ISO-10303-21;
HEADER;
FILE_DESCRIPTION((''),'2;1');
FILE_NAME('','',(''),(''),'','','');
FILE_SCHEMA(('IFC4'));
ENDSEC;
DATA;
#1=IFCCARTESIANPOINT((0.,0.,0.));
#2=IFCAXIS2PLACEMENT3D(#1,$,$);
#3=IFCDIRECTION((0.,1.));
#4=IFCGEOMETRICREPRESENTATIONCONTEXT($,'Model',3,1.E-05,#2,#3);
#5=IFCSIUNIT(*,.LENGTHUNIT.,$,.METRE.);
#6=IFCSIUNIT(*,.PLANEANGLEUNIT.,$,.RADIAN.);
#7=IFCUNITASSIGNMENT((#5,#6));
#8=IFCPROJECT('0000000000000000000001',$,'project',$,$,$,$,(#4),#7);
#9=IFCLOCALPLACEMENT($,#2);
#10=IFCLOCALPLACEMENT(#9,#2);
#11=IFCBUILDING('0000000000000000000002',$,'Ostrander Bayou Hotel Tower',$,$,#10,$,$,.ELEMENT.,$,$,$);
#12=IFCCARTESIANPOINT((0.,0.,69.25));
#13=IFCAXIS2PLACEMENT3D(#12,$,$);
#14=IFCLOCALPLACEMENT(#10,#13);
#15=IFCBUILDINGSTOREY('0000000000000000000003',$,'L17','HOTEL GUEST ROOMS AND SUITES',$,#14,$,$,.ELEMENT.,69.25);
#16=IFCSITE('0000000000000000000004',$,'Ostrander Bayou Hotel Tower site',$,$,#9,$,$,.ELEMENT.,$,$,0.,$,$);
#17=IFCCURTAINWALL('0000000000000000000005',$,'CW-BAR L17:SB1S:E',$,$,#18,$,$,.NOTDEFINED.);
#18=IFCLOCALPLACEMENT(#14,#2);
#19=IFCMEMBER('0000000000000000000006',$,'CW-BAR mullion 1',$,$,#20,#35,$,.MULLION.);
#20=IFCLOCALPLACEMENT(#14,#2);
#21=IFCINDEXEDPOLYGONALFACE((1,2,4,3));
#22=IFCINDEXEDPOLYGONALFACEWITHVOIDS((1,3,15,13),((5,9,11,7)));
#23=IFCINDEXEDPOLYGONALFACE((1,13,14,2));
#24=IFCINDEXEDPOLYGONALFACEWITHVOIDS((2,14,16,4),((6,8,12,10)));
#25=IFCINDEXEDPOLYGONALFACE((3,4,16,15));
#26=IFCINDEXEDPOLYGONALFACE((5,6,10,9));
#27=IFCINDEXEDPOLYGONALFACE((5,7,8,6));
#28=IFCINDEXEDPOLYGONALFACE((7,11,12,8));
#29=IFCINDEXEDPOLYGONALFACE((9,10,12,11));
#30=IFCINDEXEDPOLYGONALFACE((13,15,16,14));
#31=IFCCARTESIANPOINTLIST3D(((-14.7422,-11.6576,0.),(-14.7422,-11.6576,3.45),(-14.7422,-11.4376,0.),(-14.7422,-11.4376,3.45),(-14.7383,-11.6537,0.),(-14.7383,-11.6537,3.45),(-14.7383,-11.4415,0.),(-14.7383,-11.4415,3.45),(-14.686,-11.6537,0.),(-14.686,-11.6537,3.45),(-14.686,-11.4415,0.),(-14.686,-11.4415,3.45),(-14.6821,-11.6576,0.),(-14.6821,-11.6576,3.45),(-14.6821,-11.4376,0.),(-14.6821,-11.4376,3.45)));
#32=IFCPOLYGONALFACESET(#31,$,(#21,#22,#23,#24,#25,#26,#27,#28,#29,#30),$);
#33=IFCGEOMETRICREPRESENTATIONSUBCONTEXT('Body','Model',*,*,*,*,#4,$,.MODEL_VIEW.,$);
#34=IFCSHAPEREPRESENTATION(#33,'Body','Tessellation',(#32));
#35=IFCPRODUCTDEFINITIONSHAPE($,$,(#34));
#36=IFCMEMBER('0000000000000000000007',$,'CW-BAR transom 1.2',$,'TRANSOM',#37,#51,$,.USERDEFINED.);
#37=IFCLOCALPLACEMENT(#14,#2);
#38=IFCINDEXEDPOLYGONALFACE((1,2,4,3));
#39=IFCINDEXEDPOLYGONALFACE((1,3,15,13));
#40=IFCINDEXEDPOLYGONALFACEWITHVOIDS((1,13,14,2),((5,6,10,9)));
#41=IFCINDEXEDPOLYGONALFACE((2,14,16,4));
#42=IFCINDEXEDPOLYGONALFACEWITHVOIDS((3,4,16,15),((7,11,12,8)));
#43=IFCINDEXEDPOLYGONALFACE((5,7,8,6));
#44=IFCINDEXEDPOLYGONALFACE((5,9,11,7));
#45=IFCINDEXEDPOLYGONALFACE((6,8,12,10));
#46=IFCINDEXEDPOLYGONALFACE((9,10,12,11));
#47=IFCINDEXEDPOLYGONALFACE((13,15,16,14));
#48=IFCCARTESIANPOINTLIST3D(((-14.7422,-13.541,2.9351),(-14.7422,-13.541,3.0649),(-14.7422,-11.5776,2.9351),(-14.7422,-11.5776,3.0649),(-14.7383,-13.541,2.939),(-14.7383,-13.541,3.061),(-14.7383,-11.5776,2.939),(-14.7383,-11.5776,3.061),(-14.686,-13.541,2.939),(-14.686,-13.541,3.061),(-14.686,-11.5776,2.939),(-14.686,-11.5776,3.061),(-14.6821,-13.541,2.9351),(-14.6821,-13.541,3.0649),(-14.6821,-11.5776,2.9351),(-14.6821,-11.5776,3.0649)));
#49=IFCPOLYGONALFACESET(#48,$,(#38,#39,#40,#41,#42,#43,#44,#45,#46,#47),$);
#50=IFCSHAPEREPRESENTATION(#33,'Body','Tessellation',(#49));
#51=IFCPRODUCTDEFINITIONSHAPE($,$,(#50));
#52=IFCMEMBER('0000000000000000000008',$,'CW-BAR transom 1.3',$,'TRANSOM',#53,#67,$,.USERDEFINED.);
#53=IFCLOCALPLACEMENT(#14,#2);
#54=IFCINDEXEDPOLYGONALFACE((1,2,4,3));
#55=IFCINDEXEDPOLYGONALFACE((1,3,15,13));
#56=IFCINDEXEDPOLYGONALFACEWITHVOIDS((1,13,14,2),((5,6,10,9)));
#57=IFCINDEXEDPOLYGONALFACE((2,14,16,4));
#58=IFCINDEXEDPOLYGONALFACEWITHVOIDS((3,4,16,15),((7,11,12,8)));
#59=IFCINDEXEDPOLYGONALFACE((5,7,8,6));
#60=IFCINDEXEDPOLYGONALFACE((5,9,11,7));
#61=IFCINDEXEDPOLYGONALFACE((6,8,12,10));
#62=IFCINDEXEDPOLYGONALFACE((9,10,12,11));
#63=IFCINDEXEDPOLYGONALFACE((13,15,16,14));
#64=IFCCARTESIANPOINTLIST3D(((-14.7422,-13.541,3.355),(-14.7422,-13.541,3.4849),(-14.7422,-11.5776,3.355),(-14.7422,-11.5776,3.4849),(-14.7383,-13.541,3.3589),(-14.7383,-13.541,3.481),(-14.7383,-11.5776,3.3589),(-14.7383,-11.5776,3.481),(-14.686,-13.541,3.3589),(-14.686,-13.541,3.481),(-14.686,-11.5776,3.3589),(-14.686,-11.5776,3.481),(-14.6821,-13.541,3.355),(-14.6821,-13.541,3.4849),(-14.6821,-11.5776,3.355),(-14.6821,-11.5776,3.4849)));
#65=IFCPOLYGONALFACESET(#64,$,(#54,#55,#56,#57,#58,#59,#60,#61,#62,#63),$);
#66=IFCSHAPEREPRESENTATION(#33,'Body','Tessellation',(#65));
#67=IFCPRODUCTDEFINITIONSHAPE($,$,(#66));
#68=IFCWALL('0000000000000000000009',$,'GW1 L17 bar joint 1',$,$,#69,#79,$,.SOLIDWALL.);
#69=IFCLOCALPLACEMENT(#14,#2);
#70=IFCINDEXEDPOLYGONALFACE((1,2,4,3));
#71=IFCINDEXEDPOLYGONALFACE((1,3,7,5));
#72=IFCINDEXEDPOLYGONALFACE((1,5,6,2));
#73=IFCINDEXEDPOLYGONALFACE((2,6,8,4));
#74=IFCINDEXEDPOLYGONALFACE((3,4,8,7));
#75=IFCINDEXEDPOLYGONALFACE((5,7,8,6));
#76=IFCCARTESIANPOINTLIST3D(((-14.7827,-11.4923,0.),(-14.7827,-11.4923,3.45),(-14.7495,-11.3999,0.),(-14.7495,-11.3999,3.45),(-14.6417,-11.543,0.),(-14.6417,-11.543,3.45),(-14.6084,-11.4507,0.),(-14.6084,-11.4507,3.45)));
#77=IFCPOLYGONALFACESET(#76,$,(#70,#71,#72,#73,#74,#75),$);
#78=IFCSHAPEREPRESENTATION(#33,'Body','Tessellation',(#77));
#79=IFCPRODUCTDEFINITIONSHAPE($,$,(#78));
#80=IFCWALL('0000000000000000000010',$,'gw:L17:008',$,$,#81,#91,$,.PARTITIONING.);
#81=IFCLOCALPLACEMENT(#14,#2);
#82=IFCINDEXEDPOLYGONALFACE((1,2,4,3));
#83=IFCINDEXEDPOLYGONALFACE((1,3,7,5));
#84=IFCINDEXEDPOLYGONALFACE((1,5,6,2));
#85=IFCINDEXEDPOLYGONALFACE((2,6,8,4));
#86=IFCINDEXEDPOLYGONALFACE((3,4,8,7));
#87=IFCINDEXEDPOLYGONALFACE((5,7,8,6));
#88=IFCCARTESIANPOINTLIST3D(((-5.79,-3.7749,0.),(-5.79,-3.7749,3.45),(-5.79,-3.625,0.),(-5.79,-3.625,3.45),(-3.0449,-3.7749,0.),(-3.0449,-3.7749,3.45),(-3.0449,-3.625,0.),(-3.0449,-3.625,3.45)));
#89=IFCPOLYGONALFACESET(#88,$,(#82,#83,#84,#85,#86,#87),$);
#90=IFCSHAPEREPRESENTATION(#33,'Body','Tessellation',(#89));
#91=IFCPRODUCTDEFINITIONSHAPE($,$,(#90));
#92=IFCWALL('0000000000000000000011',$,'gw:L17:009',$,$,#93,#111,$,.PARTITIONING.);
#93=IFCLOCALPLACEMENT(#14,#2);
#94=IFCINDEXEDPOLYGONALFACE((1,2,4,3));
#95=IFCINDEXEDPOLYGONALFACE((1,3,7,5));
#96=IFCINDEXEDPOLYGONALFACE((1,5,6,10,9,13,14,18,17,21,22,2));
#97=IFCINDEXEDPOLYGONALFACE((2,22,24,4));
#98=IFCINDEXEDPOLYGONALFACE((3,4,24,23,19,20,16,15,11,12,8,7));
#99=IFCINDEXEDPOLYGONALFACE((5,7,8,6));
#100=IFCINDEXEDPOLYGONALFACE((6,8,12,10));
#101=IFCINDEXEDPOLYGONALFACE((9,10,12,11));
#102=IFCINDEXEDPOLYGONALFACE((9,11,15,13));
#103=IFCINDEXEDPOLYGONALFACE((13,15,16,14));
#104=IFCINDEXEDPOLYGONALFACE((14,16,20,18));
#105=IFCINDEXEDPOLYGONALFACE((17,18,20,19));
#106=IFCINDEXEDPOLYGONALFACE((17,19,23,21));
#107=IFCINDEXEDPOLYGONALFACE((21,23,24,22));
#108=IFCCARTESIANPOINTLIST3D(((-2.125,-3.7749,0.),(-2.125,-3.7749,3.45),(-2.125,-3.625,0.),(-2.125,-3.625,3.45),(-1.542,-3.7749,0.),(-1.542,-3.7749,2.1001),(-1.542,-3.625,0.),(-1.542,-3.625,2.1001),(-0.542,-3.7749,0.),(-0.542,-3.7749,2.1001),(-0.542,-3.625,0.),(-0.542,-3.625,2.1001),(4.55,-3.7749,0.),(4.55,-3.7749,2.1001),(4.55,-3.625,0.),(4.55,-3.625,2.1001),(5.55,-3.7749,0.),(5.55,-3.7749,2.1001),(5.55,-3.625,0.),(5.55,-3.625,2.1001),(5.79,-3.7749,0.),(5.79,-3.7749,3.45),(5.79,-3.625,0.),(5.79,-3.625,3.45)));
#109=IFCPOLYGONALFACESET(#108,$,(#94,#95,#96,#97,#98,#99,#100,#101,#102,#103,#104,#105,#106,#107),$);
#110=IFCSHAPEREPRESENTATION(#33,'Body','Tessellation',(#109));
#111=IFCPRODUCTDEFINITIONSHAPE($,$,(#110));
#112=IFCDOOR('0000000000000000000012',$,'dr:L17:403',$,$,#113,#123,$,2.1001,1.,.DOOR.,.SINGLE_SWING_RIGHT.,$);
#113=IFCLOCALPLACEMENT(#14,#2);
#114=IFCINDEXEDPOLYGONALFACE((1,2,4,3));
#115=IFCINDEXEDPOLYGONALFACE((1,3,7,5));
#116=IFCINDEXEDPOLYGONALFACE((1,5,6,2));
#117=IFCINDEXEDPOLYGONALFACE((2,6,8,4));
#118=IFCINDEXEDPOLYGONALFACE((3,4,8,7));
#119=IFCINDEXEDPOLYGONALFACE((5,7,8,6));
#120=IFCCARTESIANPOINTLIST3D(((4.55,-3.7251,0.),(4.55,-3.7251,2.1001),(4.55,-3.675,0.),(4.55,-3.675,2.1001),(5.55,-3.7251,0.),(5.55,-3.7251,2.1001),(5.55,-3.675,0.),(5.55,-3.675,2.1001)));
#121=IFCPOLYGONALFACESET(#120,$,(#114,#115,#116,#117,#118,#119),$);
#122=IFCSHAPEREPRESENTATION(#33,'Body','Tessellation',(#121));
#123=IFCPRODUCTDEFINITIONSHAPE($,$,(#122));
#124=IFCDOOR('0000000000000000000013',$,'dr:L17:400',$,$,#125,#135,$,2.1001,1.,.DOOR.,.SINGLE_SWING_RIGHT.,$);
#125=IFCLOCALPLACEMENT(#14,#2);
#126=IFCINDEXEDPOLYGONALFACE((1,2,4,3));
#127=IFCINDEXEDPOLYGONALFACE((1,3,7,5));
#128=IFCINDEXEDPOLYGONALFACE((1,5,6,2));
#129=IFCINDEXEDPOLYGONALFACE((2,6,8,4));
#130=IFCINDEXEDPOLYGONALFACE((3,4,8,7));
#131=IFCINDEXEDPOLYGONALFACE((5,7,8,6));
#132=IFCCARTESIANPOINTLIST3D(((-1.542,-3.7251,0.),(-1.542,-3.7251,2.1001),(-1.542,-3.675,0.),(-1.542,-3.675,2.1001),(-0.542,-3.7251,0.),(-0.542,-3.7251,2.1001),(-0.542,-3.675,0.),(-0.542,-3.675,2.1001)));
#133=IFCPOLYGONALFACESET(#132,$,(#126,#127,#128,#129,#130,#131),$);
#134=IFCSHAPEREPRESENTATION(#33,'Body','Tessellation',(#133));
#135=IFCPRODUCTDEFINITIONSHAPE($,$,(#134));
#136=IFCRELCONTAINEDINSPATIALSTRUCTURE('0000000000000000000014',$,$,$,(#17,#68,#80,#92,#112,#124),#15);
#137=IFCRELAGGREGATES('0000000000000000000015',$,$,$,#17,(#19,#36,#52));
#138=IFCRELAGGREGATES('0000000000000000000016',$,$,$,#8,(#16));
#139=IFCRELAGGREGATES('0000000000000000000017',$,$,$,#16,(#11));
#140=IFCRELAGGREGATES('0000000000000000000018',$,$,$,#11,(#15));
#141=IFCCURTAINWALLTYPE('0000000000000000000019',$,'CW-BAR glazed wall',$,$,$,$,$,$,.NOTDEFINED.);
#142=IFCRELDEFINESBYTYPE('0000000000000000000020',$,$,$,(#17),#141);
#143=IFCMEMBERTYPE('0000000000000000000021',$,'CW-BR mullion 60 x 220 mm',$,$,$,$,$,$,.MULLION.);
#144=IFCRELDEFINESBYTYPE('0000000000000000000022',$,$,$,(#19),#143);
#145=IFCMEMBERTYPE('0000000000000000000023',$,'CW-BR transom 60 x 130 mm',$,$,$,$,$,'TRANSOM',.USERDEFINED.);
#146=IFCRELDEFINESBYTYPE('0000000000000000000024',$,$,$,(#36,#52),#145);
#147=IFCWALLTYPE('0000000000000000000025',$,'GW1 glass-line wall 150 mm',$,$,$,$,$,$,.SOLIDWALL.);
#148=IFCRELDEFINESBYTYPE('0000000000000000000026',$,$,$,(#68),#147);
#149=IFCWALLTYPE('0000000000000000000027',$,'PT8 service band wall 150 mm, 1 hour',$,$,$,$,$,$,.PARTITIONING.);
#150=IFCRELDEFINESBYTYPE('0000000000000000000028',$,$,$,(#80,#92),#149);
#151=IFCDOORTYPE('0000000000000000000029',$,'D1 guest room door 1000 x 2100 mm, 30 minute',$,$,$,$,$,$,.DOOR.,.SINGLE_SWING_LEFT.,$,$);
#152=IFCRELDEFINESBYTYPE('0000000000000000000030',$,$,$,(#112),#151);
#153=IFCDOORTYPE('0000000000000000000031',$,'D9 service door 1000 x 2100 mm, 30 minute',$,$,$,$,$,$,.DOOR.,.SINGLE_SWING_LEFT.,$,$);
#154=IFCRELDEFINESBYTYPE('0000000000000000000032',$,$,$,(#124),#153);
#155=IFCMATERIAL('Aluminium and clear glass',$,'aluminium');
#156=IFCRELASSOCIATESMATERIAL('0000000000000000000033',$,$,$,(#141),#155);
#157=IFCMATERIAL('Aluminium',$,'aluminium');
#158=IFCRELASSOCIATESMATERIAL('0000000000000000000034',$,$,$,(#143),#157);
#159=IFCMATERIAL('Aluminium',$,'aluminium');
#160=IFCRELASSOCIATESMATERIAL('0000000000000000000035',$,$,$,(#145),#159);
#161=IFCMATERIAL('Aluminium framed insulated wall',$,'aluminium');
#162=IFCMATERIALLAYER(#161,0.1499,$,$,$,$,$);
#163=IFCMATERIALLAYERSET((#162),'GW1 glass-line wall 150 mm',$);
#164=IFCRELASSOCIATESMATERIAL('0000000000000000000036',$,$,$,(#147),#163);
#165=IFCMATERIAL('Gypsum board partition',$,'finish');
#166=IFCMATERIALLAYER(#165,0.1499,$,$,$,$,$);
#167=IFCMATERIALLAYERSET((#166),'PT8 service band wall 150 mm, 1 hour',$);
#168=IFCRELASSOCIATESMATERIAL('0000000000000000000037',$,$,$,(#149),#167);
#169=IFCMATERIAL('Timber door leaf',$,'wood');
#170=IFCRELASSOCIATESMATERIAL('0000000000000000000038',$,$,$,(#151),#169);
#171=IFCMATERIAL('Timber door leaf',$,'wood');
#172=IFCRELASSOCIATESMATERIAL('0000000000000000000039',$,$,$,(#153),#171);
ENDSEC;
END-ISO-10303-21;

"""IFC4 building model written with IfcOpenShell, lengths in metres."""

from ifc_helpers import new_model, si_unit, direction, frame, frame_2d, origin, origin_2d, place, context, subcontext, project, spatial, rectangle, hollow_rectangle, extrude, material, layer, layer_set, material_profile, profile_set, type_object, element, fill, aggregate, save


model = new_model("IFC4")

# Units and contexts
model_context = context("Model", 3, precision=1e-05, world=origin(), true_north=direction((0.0, 1.0)))
body_context = subcontext(model_context, "Body", "Model", "MODEL_VIEW")
ifc_project = project(units=[si_unit("LENGTHUNIT", "METRE"), si_unit("PLANEANGLEUNIT", "RADIAN")], contexts=[model_context])

# Site, building, storey
site_placement = place(None, origin())
site = spatial("IfcSite", under=ifc_project, at=site_placement, Name="Ostrander Bayou Hotel Tower site", CompositionType="ELEMENT", RefElevation=0.0)
building_placement = place(site_placement, origin())
building = spatial("IfcBuilding", under=site, at=building_placement, Name="Ostrander Bayou Hotel Tower", CompositionType="ELEMENT")
storey_placement = place(building_placement, frame((0.0, 0.0, 69.25)))
storey = spatial("IfcBuildingStorey", under=building, at=storey_placement, Name="L17", Description="HOTEL GUEST ROOMS AND SUITES", CompositionType="ELEMENT", Elevation=69.25)

# Curtain wall, members
ifc_material_1 = material(Name="Aluminium and clear glass", Category="aluminium")
curtain_wall_type = type_object("IfcCurtainWallType", Name="CW-BAR glazed wall", PredefinedType="NOTDEFINED", material=ifc_material_1)
curtain_wall_placement = place(storey_placement, origin())
curtain_wall = element("IfcCurtainWall", 1, at=curtain_wall_placement, inside=storey, type_object=curtain_wall_type, Name="CW-BAR L17:SB1S:E", PredefinedType="NOTDEFINED")
ifc_material_2 = material(Name="Aluminium", Category="aluminium")
ifc_material_profile_1 = material_profile(ifc_material_2, hollow_rectangle(XDim=0.0601, YDim=0.22, WallThickness=0.0039, at=origin_2d()))
ifc_profile_set_1 = profile_set([ifc_material_profile_1], Name="Aluminium")
member_type_1 = type_object("IfcMemberType", Name="CW-BR mullion 60 x 220 mm", PredefinedType="MULLION", material=ifc_profile_set_1)
member_1_placement = place(storey_placement, frame((-14.7122, -11.5476, 0.0), z_axis=(0.0, 0.0, 1.0), x_axis=(1.0, 0.0, 0.0)))
member_1 = element("IfcMember", 2, at=member_1_placement, type_object=member_type_1, Name="CW-BAR mullion 1", PredefinedType="MULLION", context=body_context, shape_type="SweptSolid", body=[
    extrude(hollow_rectangle(XDim=0.0601, YDim=0.22, WallThickness=0.0039, at=origin_2d()), origin(), (0.0, 0.0, 1.0), 3.45),
])
ifc_material_3 = material(Name="Aluminium", Category="aluminium")
ifc_material_profile_2 = material_profile(ifc_material_3, hollow_rectangle(XDim=0.0601, YDim=0.1299, WallThickness=0.0039, at=origin_2d()))
ifc_profile_set_2 = profile_set([ifc_material_profile_2], Name="Aluminium")
member_type_2 = type_object("IfcMemberType", Name="CW-BR transom 60 x 130 mm", ElementType="TRANSOM", PredefinedType="USERDEFINED", material=ifc_profile_set_2)
member_2_placement = place(storey_placement, frame((-14.7122, -11.5776, 3.0), z_axis=(0.0, -1.0, 0.0), x_axis=(1.0, 0.0, 0.0)))
member_2 = element("IfcMember", 3, at=member_2_placement, type_object=member_type_2, Name="CW-BAR transom 1.2", ObjectType="TRANSOM", PredefinedType="USERDEFINED", context=body_context, shape_type="SweptSolid", body=[
    extrude(hollow_rectangle(XDim=0.0601, YDim=0.1299, WallThickness=0.0039, at=origin_2d()), origin(), (0.0, 0.0, 1.0), 1.9634),
])
member_3_placement = place(storey_placement, frame((-14.7122, -11.5776, 3.4199), z_axis=(0.0, -1.0, 0.0), x_axis=(1.0, 0.0, 0.0)))
member_3 = element("IfcMember", 4, at=member_3_placement, type_object=member_type_2, Name="CW-BAR transom 1.3", ObjectType="TRANSOM", PredefinedType="USERDEFINED", context=body_context, shape_type="SweptSolid", body=[
    extrude(hollow_rectangle(XDim=0.0601, YDim=0.1299, WallThickness=0.0039, at=origin_2d()), origin(), (0.0, 0.0, 1.0), 1.9634),
])
aggregate(curtain_wall, [member_1, member_2, member_3])

# Walls
ifc_material_4 = material(Name="Aluminium framed insulated wall", Category="aluminium")
ifc_layer_1 = layer(ifc_material_4, 0.1499)
ifc_layer_set_1 = layer_set([ifc_layer_1], Name="GW1 glass-line wall 150 mm")
wall_type_1 = type_object("IfcWallType", Name="GW1 glass-line wall 150 mm", PredefinedType="SOLIDWALL", material=ifc_layer_set_1)
wall_1_placement = place(storey_placement, frame((-14.679, -11.4253, 0.0), z_axis=(0.0, 0.0, 1.0), x_axis=(-0.338543, -0.940951, 0.0)))
element("IfcWall", 5, at=wall_1_placement, inside=storey, type_object=wall_type_1, Name="GW1 L17 bar joint 1", PredefinedType="SOLIDWALL", context=body_context, shape_type="SweptSolid", body=[
    extrude(rectangle(XDim=0.0981, YDim=0.1499, at=frame_2d((0.0491, 0.0))), origin(), (0.0, 0.0, 1.0), 3.45),
])
ifc_material_5 = material(Name="Gypsum board partition", Category="finish")
ifc_layer_2 = layer(ifc_material_5, 0.1499)
ifc_layer_set_2 = layer_set([ifc_layer_2], Name="PT8 service band wall 150 mm, 1 hour")
wall_type_2 = type_object("IfcWallType", Name="PT8 service band wall 150 mm, 1 hour", PredefinedType="PARTITIONING", material=ifc_layer_set_2)
wall_2_placement = place(storey_placement, frame((-5.79, -3.7, 0.0), z_axis=(0.0, 0.0, 1.0), x_axis=(1.0, 0.0, 0.0)))
element("IfcWall", 6, at=wall_2_placement, inside=storey, type_object=wall_type_2, Name="gw:L17:008", PredefinedType="PARTITIONING", context=body_context, shape_type="SweptSolid", body=[
    extrude(rectangle(XDim=2.7451, YDim=0.1499, at=frame_2d((1.3726, 0.0))), origin(), (0.0, 0.0, 1.0), 3.45),
])

# Wall, openings, doors
wall_3_placement = place(storey_placement, frame((-2.125, -3.7, 0.0), z_axis=(0.0, 0.0, 1.0), x_axis=(1.0, 0.0, 0.0)))
wall_3 = element("IfcWall", 7, at=wall_3_placement, inside=storey, type_object=wall_type_2, Name="gw:L17:009", PredefinedType="PARTITIONING", context=body_context, shape_type="SweptSolid", body=[
    extrude(rectangle(XDim=7.915, YDim=0.1499, at=frame_2d((3.9575, 0.0))), origin(), (0.0, 0.0, 1.0), 3.45),
])
opening_1_placement = place(wall_3_placement, frame((0.583, 0.0, 0.0)))
opening_1 = element("IfcOpeningElement", 8, at=opening_1_placement, cuts=wall_3, PredefinedType="OPENING", context=body_context, shape_type="SweptSolid", body=[
    extrude(rectangle(XDim=1.0, YDim=2.1001, at=frame_2d((0.5, 1.05))), frame((0.0, 0.075, 0.0), z_axis=(0.0, -1.0, 0.0), x_axis=(1.0, 0.0, 0.0)), (0.0, 0.0, 1.0), 0.1499),
])
opening_2_placement = place(wall_3_placement, frame((6.675, 0.0, 0.0)))
opening_2 = element("IfcOpeningElement", 9, at=opening_2_placement, cuts=wall_3, PredefinedType="OPENING", context=body_context, shape_type="SweptSolid", body=[
    extrude(rectangle(XDim=1.0, YDim=2.1001, at=frame_2d((0.5, 1.05))), frame((0.0, 0.075, 0.0), z_axis=(0.0, -1.0, 0.0), x_axis=(1.0, 0.0, 0.0)), (0.0, 0.0, 1.0), 0.1499),
])
ifc_material_6 = material(Name="Timber door leaf", Category="wood")
door_type_1 = type_object("IfcDoorType", Name="D1 guest room door 1000 x 2100 mm, 30 minute", OperationType="SINGLE_SWING_LEFT", PredefinedType="DOOR", material=ifc_material_6)
door_1_placement = place(opening_2_placement, origin())
door_1 = element("IfcDoor", 10, at=door_1_placement, inside=storey, type_object=door_type_1, Name="dr:L17:403", OperationType="SINGLE_SWING_RIGHT", OverallHeight=2.1001, OverallWidth=1.0, PredefinedType="DOOR", context=body_context, shape_type="SweptSolid", body=[
    extrude(rectangle(XDim=1.0, YDim=2.1001, at=frame_2d((0.5, 1.05))), frame((0.0, 0.0249, 0.0), z_axis=(0.0, -1.0, 0.0), x_axis=(1.0, 0.0, 0.0)), (0.0, 0.0, 1.0), 0.05),
])
fill(opening_2, door_1)
ifc_material_7 = material(Name="Timber door leaf", Category="wood")
door_type_2 = type_object("IfcDoorType", Name="D9 service door 1000 x 2100 mm, 30 minute", OperationType="SINGLE_SWING_LEFT", PredefinedType="DOOR", material=ifc_material_7)
door_2_placement = place(opening_1_placement, origin())
door_2 = element("IfcDoor", 11, at=door_2_placement, inside=storey, type_object=door_type_2, Name="dr:L17:400", OperationType="SINGLE_SWING_RIGHT", OverallHeight=2.1001, OverallWidth=1.0, PredefinedType="DOOR", context=body_context, shape_type="SweptSolid", body=[
    extrude(rectangle(XDim=1.0, YDim=2.1001, at=frame_2d((0.5, 1.05))), frame((0.0, 0.0249, 0.0), z_axis=(0.0, -1.0, 0.0), x_axis=(1.0, 0.0, 0.0)), (0.0, 0.0, 1.0), 0.05),
])
fill(opening_1, door_2)

save(model, "model.ifc")
